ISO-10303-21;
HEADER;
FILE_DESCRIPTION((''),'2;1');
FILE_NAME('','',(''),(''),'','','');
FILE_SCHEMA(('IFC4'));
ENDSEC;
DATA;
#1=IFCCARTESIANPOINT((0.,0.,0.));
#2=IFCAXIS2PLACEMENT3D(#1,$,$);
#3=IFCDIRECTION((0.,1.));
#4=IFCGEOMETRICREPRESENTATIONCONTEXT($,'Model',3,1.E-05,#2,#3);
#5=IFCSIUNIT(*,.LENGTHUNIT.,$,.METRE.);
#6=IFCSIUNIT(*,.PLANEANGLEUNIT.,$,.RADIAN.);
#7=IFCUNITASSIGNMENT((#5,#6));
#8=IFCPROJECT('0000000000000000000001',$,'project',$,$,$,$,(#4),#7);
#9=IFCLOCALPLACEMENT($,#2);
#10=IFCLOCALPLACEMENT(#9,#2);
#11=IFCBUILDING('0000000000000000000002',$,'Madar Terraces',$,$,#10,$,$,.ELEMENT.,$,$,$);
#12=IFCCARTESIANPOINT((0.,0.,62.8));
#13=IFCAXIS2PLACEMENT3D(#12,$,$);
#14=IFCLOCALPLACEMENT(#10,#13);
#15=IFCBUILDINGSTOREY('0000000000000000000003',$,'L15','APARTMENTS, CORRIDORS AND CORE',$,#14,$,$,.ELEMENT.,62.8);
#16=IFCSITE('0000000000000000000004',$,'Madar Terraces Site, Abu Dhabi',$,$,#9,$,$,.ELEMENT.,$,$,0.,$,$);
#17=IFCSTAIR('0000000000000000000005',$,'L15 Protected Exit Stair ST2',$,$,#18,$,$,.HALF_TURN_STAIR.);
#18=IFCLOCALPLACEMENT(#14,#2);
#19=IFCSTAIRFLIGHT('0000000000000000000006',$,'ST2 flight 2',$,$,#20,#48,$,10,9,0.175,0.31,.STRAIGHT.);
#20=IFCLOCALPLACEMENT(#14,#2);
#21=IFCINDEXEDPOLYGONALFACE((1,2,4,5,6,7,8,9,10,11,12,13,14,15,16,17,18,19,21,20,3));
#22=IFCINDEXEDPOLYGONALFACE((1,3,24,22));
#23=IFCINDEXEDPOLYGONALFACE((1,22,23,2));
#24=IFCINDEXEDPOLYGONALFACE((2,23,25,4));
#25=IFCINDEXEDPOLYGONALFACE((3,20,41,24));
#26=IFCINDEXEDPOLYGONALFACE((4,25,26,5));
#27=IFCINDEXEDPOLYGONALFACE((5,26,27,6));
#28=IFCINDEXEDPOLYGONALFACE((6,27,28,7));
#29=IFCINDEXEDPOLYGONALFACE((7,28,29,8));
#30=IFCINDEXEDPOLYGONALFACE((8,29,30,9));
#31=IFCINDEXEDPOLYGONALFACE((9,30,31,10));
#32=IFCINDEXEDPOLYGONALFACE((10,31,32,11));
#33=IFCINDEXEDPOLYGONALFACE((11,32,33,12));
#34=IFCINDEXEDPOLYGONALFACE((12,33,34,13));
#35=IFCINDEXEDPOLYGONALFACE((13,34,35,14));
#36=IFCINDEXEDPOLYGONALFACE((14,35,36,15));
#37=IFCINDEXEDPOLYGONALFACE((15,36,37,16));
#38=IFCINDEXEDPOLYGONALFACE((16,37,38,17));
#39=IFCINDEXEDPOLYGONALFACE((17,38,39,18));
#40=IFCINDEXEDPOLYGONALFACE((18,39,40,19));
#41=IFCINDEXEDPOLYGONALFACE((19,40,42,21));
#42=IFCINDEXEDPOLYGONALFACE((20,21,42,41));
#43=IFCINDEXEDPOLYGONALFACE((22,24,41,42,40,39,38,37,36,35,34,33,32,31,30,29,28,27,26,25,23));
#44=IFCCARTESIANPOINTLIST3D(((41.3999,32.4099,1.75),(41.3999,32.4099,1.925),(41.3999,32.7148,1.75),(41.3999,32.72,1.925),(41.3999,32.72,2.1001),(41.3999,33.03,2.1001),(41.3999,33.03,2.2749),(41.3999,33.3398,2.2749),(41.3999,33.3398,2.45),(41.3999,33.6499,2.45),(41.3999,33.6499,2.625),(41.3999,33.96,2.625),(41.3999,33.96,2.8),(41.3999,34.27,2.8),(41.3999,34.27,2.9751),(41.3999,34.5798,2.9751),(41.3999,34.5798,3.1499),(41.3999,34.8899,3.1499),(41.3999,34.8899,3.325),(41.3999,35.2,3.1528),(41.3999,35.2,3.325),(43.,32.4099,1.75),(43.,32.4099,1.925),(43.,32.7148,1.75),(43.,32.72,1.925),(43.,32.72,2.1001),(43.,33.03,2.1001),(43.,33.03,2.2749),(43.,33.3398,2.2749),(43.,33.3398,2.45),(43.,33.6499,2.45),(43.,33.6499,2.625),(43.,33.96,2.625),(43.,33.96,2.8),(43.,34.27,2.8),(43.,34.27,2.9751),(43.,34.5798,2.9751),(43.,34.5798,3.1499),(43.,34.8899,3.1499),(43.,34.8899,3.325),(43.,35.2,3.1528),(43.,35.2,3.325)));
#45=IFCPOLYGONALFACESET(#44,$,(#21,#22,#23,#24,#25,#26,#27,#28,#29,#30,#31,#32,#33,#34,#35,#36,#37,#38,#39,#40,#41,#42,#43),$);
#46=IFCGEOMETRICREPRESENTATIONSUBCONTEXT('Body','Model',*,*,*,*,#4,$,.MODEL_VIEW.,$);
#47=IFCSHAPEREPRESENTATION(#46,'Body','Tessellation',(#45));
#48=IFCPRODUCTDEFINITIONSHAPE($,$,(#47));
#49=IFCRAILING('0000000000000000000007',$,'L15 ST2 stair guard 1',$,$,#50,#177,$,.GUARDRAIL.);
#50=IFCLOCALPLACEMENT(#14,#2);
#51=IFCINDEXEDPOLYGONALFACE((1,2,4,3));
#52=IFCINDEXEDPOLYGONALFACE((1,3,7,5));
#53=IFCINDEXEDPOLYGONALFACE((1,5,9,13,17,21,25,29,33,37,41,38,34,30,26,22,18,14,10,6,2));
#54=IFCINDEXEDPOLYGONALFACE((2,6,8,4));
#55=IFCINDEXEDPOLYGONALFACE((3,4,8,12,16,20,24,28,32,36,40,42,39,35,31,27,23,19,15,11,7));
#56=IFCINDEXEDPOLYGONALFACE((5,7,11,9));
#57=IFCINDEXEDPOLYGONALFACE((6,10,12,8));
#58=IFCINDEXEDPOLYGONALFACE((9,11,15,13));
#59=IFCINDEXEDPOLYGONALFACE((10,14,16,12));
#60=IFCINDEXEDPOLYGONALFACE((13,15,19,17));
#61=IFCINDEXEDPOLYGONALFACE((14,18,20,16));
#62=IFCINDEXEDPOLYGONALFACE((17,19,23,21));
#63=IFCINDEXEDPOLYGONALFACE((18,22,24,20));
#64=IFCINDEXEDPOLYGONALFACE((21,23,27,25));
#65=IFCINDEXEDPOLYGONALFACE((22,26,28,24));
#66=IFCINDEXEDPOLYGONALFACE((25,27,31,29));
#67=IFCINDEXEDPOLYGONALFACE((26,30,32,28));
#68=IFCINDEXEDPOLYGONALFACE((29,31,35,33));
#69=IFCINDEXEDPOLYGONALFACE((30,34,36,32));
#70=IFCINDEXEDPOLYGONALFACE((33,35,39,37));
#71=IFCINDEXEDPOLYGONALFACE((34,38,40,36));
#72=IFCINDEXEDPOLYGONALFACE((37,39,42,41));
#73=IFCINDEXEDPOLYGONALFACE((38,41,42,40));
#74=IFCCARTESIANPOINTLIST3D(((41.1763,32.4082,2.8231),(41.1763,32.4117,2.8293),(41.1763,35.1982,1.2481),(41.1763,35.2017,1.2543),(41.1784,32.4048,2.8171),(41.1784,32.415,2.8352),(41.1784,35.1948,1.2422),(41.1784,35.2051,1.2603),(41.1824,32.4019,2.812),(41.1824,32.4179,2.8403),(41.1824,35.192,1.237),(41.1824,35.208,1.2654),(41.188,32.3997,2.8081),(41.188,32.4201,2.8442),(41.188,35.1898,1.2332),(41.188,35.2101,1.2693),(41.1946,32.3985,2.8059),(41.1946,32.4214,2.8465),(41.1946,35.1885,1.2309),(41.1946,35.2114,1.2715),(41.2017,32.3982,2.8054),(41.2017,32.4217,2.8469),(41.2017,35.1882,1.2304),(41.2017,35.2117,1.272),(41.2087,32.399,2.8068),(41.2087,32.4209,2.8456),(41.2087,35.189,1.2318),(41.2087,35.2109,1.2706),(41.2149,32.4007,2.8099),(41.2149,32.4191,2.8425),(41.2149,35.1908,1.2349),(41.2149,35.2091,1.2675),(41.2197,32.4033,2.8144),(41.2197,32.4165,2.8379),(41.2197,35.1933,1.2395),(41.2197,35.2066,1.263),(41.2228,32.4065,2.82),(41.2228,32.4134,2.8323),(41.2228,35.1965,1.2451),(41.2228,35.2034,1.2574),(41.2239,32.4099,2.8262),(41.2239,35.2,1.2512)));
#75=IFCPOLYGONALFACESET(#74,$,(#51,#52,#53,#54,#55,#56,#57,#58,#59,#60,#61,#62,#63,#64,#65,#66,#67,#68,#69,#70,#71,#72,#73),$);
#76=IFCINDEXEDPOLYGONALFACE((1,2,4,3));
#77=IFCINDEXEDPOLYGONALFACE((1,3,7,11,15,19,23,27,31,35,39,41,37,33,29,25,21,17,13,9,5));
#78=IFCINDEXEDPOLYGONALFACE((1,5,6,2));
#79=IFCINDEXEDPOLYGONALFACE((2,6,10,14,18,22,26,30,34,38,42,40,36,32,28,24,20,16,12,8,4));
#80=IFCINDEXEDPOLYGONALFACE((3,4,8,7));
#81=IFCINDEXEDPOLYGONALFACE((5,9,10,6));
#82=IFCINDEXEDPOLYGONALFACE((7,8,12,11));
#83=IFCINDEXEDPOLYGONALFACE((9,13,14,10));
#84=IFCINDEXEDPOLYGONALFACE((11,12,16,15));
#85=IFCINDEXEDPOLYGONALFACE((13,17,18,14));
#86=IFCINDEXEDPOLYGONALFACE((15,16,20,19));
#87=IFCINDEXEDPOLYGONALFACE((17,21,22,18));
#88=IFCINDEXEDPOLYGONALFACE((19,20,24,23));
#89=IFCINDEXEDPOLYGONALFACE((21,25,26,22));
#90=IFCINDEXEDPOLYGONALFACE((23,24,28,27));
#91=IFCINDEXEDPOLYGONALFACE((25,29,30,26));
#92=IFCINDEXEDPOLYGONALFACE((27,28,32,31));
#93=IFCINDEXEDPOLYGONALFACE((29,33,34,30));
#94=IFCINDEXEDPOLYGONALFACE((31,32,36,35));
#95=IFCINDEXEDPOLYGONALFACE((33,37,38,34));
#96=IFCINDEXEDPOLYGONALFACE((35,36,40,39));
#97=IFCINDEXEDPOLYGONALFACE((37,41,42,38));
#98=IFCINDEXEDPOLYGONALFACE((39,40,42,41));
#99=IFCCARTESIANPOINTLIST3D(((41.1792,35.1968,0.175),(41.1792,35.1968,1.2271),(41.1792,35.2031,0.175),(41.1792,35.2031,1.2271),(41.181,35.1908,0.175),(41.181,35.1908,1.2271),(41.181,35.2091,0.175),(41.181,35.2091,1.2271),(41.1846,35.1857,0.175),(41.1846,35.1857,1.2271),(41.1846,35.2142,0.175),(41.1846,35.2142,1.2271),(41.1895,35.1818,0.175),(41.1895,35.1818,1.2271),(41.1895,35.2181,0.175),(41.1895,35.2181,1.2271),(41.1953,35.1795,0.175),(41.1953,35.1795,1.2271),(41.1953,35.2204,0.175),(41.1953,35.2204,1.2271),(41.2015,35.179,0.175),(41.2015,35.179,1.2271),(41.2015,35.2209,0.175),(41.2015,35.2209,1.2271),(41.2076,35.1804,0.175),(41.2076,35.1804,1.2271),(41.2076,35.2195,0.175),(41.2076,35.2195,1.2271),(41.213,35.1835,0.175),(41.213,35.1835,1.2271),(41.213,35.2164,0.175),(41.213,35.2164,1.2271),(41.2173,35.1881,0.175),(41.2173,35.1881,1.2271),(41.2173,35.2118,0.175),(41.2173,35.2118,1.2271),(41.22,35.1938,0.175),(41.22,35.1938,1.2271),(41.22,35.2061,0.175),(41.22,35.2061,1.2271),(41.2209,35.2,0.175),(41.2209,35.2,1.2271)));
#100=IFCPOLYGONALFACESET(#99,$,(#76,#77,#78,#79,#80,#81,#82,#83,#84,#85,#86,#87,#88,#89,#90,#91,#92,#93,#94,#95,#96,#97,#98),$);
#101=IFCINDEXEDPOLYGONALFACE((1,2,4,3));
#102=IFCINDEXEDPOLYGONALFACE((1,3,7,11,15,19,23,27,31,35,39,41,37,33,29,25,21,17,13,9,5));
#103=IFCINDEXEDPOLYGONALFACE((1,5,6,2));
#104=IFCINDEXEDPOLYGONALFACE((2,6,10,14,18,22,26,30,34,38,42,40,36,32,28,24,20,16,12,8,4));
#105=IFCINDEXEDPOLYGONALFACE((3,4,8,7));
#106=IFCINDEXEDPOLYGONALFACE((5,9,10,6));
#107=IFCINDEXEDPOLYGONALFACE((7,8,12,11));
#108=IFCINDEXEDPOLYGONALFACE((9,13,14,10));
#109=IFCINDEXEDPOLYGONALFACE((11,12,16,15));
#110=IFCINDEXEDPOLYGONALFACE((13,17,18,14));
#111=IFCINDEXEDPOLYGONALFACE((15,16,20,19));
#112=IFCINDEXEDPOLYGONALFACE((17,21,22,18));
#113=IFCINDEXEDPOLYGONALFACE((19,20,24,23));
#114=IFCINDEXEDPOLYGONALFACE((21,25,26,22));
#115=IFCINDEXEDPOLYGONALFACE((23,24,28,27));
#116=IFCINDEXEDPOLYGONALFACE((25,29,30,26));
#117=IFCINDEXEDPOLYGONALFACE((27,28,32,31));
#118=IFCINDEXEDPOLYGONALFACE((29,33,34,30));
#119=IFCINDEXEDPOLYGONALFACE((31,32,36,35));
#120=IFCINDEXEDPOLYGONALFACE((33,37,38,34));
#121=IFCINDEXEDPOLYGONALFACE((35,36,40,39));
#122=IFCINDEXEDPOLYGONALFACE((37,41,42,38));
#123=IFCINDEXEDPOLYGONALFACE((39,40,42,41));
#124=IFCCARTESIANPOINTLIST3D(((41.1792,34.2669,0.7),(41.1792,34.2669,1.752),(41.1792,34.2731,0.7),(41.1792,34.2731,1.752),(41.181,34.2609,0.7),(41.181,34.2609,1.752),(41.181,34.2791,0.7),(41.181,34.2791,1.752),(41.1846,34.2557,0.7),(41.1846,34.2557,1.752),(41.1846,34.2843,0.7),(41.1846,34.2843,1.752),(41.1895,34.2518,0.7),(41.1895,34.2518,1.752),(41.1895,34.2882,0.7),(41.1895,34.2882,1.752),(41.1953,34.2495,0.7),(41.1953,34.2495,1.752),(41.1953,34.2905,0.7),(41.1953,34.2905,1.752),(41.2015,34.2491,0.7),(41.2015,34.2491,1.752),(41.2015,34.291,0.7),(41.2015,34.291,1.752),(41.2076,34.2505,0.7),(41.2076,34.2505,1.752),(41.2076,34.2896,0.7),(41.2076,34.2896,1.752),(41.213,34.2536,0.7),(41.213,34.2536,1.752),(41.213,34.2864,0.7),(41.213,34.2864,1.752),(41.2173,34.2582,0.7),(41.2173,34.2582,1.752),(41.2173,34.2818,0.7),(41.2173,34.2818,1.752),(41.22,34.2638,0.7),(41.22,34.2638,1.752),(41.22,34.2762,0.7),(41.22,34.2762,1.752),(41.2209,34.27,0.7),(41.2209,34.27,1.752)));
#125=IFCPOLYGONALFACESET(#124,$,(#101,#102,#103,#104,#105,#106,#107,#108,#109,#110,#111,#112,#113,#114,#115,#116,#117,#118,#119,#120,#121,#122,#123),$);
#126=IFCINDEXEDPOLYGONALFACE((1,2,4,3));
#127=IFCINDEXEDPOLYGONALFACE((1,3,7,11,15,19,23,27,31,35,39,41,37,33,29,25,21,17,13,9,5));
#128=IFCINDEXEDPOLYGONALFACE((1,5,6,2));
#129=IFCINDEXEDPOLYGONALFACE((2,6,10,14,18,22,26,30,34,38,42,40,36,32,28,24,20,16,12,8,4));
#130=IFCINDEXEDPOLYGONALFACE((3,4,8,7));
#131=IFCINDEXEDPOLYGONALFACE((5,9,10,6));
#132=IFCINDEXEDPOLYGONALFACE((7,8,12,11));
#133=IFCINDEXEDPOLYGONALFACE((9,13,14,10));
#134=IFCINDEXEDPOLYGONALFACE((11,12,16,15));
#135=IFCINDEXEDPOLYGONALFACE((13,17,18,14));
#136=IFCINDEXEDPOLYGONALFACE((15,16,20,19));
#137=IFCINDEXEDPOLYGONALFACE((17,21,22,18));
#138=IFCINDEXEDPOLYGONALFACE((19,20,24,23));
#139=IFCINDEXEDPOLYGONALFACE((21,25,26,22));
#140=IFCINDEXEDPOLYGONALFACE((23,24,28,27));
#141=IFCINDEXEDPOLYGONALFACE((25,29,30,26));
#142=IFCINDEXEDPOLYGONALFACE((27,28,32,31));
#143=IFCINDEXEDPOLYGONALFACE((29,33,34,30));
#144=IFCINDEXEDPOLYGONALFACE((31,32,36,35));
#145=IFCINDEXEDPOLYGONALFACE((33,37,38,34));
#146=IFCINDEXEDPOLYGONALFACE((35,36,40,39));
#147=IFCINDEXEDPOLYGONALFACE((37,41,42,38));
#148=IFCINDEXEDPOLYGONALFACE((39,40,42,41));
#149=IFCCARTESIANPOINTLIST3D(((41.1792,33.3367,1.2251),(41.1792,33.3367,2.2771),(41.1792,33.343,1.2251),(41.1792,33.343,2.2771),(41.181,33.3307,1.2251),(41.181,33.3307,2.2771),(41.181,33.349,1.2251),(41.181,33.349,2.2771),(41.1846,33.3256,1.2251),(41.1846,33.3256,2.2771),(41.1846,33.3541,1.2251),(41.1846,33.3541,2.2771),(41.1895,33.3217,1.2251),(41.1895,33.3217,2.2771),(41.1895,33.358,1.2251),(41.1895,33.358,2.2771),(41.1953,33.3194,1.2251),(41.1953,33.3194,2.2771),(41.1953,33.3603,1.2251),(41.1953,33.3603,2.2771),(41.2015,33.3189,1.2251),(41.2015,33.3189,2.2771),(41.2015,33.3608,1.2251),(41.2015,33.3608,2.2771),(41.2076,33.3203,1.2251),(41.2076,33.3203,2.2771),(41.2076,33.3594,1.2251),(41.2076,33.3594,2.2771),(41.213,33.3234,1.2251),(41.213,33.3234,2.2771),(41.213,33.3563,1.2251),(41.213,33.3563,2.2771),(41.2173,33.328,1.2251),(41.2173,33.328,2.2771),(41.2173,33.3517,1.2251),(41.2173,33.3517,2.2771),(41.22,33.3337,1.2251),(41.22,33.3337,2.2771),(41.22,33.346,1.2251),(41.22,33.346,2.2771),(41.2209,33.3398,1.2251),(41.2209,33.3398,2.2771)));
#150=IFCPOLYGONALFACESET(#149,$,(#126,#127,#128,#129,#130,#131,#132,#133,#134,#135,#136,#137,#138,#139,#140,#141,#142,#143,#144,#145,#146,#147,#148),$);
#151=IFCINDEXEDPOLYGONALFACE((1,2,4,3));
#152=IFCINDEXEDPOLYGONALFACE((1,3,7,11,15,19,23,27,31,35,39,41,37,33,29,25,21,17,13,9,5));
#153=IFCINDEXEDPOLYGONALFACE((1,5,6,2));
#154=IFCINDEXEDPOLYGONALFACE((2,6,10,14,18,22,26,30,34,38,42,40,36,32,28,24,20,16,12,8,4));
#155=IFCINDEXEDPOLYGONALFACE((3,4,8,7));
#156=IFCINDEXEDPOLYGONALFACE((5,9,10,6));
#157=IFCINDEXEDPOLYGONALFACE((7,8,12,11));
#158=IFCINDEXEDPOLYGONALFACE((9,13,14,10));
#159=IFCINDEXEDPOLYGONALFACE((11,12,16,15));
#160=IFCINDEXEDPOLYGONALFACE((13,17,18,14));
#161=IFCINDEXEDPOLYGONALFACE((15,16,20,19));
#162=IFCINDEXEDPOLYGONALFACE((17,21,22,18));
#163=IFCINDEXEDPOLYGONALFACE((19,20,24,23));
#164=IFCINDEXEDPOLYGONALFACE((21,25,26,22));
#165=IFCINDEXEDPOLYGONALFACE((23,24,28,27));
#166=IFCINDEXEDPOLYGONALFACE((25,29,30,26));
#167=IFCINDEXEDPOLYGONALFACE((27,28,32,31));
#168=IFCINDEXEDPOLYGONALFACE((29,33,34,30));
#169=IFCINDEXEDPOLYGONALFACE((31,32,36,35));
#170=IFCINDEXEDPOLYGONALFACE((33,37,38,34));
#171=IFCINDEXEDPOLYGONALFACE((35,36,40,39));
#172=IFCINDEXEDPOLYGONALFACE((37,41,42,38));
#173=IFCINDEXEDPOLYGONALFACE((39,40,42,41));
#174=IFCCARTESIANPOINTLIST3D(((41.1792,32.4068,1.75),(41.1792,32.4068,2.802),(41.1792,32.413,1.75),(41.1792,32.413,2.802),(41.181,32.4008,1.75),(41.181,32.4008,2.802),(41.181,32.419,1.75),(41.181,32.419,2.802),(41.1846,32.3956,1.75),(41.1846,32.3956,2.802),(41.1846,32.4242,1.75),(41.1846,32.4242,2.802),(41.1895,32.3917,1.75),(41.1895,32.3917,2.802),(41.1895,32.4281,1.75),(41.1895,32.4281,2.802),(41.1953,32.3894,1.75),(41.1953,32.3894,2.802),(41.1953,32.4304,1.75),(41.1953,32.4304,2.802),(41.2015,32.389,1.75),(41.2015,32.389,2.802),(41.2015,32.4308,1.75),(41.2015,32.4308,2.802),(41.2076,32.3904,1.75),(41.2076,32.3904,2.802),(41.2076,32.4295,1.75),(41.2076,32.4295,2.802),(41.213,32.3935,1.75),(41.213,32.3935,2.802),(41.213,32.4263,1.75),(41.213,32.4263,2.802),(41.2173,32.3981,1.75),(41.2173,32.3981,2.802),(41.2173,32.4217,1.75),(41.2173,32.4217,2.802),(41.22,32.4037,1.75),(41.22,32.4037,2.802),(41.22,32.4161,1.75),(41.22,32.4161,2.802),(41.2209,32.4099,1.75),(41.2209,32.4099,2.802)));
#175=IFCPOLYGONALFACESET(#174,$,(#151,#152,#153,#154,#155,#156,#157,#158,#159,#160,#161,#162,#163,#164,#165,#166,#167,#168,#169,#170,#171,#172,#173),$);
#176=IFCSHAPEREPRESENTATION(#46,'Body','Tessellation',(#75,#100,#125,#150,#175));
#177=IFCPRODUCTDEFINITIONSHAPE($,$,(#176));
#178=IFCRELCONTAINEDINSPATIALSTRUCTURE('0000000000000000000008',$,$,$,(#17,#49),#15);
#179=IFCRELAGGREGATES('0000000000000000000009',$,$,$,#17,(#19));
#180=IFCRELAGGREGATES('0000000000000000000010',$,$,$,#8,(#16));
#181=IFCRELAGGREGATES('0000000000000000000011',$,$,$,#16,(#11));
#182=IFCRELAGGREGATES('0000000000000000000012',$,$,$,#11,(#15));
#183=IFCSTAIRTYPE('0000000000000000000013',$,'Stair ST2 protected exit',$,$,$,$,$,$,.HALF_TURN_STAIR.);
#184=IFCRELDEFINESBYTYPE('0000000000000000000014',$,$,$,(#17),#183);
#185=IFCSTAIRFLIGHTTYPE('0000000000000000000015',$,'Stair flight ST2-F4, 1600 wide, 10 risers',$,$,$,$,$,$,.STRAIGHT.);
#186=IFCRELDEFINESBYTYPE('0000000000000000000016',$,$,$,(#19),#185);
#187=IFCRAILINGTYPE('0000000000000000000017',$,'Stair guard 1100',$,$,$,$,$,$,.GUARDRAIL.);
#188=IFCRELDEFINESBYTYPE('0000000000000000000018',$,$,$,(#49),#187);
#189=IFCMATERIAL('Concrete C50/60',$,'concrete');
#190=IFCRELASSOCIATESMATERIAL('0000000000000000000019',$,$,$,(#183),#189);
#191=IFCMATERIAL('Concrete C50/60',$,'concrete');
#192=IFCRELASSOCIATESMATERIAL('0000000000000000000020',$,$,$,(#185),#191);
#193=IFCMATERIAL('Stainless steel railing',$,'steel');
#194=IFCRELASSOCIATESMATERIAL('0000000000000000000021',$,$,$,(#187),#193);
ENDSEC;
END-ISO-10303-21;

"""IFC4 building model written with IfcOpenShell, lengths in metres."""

from ifc_helpers import new_model, si_unit, direction, frame, origin, origin_2d, place, context, subcontext, project, spatial, polyline, circle, outline, extrude, material, type_object, element, aggregate, save


model = new_model("IFC4")

# Units and contexts
model_context = context("Model", 3, precision=1e-05, world=origin(), true_north=direction((0.0, 1.0)))
body_context = subcontext(model_context, "Body", "Model", "MODEL_VIEW")
ifc_project = project(units=[si_unit("LENGTHUNIT", "METRE"), si_unit("PLANEANGLEUNIT", "RADIAN")], contexts=[model_context])

# Site, building, storey
site_placement = place(None, origin())
site = spatial("IfcSite", under=ifc_project, at=site_placement, Name="Madar Terraces Site, Abu Dhabi", CompositionType="ELEMENT", RefElevation=0.0)
building_placement = place(site_placement, origin())
building = spatial("IfcBuilding", under=site, at=building_placement, Name="Madar Terraces", CompositionType="ELEMENT")
storey_placement = place(building_placement, frame((0.0, 0.0, 62.8)))
storey = spatial("IfcBuildingStorey", under=building, at=storey_placement, Name="L15", Description="APARTMENTS, CORRIDORS AND CORE", CompositionType="ELEMENT", Elevation=62.8)

# Stair, stair flight
ifc_material_1 = material(Name="Concrete C50/60", Category="concrete")
stair_type = type_object("IfcStairType", Name="Stair ST2 protected exit", PredefinedType="HALF_TURN_STAIR", material=ifc_material_1)
stair_placement = place(storey_placement, origin())
stair = element("IfcStair", 1, at=stair_placement, inside=storey, type_object=stair_type, Name="L15 Protected Exit Stair ST2", PredefinedType="HALF_TURN_STAIR")
ifc_material_2 = material(Name="Concrete C50/60", Category="concrete")
stair_flight_type = type_object("IfcStairFlightType", Name="Stair flight ST2-F4, 1600 wide, 10 risers", PredefinedType="STRAIGHT", material=ifc_material_2)
stair_flight_1_placement = place(storey_placement, frame((42.2, 32.4099, 1.75), z_axis=(0.0, 0.0, 1.0), x_axis=(0.0, 1.0, 0.0)))
stair_flight_1 = element("IfcStairFlight", 2, at=stair_flight_1_placement, type_object=stair_flight_type, Name="ST2 flight 2", NumberOfRisers=10, NumberOfTreads=9, PredefinedType="STRAIGHT", RiserHeight=0.175, TreadLength=0.31, context=body_context, shape_type="SweptSolid", body=[
    extrude(outline(polyline([(0.0, 0.0), (0.0, 0.175), (0.3101, 0.175), (0.3101, 0.3501), (0.6201, 0.3501), (0.6201, 0.5249), (0.9299, 0.5249), (0.9299, 0.7), (1.24, 0.7), (1.24, 0.875), (1.55, 0.875), (1.55, 1.05), (1.8601, 1.05), (1.8601, 1.2251), (2.1699, 1.2251), (2.1699, 1.3999), (2.48, 1.3999), (2.48, 1.575), (2.79, 1.575), (2.79, 1.75), (2.79, 1.4028), (0.3049, 0.0), (0.0, 0.0)])), frame((0.0, 0.8, 0.0), z_axis=(0.0, -1.0, 0.0), x_axis=(1.0, 0.0, 0.0)), (0.0, 0.0, 1.0), 1.6001),
])
aggregate(stair, [stair_flight_1])

# Railing
ifc_material_3 = material(Name="Stainless steel railing", Category="steel")
railing_type_1 = type_object("IfcRailingType", Name="Stair guard 1100", PredefinedType="GUARDRAIL", material=ifc_material_3)
railing_1_placement = place(storey_placement, frame((41.2, 35.2, 0.175)))
element("IfcRailing", 3, at=railing_1_placement, inside=storey, type_object=railing_type_1, Name="L15 ST2 stair guard 1", PredefinedType="GUARDRAIL", context=body_context, shape_type="SweptSolid", body=[
    extrude(circle(Radius=0.0239, at=origin_2d()), frame((0.0, 0.0, 1.0762), z_axis=(0.0, -0.870834, 0.491578), x_axis=(1.0, 0.0, 0.0)), (0.0, 0.0, 1.0), 3.2039),
    extrude(circle(Radius=0.021, at=origin_2d()), origin(), (0.0, 0.0, 1.0), 1.052),
    extrude(circle(Radius=0.021, at=origin_2d()), frame((0.0, -0.9299, 0.5249)), (0.0, 0.0, 1.0), 1.052),
    extrude(circle(Radius=0.021, at=origin_2d()), frame((0.0, -1.8601, 1.05)), (0.0, 0.0, 1.0), 1.052),
    extrude(circle(Radius=0.021, at=origin_2d()), frame((0.0, -2.79, 1.575)), (0.0, 0.0, 1.0), 1.052),
])

save(model, "model.ifc")
